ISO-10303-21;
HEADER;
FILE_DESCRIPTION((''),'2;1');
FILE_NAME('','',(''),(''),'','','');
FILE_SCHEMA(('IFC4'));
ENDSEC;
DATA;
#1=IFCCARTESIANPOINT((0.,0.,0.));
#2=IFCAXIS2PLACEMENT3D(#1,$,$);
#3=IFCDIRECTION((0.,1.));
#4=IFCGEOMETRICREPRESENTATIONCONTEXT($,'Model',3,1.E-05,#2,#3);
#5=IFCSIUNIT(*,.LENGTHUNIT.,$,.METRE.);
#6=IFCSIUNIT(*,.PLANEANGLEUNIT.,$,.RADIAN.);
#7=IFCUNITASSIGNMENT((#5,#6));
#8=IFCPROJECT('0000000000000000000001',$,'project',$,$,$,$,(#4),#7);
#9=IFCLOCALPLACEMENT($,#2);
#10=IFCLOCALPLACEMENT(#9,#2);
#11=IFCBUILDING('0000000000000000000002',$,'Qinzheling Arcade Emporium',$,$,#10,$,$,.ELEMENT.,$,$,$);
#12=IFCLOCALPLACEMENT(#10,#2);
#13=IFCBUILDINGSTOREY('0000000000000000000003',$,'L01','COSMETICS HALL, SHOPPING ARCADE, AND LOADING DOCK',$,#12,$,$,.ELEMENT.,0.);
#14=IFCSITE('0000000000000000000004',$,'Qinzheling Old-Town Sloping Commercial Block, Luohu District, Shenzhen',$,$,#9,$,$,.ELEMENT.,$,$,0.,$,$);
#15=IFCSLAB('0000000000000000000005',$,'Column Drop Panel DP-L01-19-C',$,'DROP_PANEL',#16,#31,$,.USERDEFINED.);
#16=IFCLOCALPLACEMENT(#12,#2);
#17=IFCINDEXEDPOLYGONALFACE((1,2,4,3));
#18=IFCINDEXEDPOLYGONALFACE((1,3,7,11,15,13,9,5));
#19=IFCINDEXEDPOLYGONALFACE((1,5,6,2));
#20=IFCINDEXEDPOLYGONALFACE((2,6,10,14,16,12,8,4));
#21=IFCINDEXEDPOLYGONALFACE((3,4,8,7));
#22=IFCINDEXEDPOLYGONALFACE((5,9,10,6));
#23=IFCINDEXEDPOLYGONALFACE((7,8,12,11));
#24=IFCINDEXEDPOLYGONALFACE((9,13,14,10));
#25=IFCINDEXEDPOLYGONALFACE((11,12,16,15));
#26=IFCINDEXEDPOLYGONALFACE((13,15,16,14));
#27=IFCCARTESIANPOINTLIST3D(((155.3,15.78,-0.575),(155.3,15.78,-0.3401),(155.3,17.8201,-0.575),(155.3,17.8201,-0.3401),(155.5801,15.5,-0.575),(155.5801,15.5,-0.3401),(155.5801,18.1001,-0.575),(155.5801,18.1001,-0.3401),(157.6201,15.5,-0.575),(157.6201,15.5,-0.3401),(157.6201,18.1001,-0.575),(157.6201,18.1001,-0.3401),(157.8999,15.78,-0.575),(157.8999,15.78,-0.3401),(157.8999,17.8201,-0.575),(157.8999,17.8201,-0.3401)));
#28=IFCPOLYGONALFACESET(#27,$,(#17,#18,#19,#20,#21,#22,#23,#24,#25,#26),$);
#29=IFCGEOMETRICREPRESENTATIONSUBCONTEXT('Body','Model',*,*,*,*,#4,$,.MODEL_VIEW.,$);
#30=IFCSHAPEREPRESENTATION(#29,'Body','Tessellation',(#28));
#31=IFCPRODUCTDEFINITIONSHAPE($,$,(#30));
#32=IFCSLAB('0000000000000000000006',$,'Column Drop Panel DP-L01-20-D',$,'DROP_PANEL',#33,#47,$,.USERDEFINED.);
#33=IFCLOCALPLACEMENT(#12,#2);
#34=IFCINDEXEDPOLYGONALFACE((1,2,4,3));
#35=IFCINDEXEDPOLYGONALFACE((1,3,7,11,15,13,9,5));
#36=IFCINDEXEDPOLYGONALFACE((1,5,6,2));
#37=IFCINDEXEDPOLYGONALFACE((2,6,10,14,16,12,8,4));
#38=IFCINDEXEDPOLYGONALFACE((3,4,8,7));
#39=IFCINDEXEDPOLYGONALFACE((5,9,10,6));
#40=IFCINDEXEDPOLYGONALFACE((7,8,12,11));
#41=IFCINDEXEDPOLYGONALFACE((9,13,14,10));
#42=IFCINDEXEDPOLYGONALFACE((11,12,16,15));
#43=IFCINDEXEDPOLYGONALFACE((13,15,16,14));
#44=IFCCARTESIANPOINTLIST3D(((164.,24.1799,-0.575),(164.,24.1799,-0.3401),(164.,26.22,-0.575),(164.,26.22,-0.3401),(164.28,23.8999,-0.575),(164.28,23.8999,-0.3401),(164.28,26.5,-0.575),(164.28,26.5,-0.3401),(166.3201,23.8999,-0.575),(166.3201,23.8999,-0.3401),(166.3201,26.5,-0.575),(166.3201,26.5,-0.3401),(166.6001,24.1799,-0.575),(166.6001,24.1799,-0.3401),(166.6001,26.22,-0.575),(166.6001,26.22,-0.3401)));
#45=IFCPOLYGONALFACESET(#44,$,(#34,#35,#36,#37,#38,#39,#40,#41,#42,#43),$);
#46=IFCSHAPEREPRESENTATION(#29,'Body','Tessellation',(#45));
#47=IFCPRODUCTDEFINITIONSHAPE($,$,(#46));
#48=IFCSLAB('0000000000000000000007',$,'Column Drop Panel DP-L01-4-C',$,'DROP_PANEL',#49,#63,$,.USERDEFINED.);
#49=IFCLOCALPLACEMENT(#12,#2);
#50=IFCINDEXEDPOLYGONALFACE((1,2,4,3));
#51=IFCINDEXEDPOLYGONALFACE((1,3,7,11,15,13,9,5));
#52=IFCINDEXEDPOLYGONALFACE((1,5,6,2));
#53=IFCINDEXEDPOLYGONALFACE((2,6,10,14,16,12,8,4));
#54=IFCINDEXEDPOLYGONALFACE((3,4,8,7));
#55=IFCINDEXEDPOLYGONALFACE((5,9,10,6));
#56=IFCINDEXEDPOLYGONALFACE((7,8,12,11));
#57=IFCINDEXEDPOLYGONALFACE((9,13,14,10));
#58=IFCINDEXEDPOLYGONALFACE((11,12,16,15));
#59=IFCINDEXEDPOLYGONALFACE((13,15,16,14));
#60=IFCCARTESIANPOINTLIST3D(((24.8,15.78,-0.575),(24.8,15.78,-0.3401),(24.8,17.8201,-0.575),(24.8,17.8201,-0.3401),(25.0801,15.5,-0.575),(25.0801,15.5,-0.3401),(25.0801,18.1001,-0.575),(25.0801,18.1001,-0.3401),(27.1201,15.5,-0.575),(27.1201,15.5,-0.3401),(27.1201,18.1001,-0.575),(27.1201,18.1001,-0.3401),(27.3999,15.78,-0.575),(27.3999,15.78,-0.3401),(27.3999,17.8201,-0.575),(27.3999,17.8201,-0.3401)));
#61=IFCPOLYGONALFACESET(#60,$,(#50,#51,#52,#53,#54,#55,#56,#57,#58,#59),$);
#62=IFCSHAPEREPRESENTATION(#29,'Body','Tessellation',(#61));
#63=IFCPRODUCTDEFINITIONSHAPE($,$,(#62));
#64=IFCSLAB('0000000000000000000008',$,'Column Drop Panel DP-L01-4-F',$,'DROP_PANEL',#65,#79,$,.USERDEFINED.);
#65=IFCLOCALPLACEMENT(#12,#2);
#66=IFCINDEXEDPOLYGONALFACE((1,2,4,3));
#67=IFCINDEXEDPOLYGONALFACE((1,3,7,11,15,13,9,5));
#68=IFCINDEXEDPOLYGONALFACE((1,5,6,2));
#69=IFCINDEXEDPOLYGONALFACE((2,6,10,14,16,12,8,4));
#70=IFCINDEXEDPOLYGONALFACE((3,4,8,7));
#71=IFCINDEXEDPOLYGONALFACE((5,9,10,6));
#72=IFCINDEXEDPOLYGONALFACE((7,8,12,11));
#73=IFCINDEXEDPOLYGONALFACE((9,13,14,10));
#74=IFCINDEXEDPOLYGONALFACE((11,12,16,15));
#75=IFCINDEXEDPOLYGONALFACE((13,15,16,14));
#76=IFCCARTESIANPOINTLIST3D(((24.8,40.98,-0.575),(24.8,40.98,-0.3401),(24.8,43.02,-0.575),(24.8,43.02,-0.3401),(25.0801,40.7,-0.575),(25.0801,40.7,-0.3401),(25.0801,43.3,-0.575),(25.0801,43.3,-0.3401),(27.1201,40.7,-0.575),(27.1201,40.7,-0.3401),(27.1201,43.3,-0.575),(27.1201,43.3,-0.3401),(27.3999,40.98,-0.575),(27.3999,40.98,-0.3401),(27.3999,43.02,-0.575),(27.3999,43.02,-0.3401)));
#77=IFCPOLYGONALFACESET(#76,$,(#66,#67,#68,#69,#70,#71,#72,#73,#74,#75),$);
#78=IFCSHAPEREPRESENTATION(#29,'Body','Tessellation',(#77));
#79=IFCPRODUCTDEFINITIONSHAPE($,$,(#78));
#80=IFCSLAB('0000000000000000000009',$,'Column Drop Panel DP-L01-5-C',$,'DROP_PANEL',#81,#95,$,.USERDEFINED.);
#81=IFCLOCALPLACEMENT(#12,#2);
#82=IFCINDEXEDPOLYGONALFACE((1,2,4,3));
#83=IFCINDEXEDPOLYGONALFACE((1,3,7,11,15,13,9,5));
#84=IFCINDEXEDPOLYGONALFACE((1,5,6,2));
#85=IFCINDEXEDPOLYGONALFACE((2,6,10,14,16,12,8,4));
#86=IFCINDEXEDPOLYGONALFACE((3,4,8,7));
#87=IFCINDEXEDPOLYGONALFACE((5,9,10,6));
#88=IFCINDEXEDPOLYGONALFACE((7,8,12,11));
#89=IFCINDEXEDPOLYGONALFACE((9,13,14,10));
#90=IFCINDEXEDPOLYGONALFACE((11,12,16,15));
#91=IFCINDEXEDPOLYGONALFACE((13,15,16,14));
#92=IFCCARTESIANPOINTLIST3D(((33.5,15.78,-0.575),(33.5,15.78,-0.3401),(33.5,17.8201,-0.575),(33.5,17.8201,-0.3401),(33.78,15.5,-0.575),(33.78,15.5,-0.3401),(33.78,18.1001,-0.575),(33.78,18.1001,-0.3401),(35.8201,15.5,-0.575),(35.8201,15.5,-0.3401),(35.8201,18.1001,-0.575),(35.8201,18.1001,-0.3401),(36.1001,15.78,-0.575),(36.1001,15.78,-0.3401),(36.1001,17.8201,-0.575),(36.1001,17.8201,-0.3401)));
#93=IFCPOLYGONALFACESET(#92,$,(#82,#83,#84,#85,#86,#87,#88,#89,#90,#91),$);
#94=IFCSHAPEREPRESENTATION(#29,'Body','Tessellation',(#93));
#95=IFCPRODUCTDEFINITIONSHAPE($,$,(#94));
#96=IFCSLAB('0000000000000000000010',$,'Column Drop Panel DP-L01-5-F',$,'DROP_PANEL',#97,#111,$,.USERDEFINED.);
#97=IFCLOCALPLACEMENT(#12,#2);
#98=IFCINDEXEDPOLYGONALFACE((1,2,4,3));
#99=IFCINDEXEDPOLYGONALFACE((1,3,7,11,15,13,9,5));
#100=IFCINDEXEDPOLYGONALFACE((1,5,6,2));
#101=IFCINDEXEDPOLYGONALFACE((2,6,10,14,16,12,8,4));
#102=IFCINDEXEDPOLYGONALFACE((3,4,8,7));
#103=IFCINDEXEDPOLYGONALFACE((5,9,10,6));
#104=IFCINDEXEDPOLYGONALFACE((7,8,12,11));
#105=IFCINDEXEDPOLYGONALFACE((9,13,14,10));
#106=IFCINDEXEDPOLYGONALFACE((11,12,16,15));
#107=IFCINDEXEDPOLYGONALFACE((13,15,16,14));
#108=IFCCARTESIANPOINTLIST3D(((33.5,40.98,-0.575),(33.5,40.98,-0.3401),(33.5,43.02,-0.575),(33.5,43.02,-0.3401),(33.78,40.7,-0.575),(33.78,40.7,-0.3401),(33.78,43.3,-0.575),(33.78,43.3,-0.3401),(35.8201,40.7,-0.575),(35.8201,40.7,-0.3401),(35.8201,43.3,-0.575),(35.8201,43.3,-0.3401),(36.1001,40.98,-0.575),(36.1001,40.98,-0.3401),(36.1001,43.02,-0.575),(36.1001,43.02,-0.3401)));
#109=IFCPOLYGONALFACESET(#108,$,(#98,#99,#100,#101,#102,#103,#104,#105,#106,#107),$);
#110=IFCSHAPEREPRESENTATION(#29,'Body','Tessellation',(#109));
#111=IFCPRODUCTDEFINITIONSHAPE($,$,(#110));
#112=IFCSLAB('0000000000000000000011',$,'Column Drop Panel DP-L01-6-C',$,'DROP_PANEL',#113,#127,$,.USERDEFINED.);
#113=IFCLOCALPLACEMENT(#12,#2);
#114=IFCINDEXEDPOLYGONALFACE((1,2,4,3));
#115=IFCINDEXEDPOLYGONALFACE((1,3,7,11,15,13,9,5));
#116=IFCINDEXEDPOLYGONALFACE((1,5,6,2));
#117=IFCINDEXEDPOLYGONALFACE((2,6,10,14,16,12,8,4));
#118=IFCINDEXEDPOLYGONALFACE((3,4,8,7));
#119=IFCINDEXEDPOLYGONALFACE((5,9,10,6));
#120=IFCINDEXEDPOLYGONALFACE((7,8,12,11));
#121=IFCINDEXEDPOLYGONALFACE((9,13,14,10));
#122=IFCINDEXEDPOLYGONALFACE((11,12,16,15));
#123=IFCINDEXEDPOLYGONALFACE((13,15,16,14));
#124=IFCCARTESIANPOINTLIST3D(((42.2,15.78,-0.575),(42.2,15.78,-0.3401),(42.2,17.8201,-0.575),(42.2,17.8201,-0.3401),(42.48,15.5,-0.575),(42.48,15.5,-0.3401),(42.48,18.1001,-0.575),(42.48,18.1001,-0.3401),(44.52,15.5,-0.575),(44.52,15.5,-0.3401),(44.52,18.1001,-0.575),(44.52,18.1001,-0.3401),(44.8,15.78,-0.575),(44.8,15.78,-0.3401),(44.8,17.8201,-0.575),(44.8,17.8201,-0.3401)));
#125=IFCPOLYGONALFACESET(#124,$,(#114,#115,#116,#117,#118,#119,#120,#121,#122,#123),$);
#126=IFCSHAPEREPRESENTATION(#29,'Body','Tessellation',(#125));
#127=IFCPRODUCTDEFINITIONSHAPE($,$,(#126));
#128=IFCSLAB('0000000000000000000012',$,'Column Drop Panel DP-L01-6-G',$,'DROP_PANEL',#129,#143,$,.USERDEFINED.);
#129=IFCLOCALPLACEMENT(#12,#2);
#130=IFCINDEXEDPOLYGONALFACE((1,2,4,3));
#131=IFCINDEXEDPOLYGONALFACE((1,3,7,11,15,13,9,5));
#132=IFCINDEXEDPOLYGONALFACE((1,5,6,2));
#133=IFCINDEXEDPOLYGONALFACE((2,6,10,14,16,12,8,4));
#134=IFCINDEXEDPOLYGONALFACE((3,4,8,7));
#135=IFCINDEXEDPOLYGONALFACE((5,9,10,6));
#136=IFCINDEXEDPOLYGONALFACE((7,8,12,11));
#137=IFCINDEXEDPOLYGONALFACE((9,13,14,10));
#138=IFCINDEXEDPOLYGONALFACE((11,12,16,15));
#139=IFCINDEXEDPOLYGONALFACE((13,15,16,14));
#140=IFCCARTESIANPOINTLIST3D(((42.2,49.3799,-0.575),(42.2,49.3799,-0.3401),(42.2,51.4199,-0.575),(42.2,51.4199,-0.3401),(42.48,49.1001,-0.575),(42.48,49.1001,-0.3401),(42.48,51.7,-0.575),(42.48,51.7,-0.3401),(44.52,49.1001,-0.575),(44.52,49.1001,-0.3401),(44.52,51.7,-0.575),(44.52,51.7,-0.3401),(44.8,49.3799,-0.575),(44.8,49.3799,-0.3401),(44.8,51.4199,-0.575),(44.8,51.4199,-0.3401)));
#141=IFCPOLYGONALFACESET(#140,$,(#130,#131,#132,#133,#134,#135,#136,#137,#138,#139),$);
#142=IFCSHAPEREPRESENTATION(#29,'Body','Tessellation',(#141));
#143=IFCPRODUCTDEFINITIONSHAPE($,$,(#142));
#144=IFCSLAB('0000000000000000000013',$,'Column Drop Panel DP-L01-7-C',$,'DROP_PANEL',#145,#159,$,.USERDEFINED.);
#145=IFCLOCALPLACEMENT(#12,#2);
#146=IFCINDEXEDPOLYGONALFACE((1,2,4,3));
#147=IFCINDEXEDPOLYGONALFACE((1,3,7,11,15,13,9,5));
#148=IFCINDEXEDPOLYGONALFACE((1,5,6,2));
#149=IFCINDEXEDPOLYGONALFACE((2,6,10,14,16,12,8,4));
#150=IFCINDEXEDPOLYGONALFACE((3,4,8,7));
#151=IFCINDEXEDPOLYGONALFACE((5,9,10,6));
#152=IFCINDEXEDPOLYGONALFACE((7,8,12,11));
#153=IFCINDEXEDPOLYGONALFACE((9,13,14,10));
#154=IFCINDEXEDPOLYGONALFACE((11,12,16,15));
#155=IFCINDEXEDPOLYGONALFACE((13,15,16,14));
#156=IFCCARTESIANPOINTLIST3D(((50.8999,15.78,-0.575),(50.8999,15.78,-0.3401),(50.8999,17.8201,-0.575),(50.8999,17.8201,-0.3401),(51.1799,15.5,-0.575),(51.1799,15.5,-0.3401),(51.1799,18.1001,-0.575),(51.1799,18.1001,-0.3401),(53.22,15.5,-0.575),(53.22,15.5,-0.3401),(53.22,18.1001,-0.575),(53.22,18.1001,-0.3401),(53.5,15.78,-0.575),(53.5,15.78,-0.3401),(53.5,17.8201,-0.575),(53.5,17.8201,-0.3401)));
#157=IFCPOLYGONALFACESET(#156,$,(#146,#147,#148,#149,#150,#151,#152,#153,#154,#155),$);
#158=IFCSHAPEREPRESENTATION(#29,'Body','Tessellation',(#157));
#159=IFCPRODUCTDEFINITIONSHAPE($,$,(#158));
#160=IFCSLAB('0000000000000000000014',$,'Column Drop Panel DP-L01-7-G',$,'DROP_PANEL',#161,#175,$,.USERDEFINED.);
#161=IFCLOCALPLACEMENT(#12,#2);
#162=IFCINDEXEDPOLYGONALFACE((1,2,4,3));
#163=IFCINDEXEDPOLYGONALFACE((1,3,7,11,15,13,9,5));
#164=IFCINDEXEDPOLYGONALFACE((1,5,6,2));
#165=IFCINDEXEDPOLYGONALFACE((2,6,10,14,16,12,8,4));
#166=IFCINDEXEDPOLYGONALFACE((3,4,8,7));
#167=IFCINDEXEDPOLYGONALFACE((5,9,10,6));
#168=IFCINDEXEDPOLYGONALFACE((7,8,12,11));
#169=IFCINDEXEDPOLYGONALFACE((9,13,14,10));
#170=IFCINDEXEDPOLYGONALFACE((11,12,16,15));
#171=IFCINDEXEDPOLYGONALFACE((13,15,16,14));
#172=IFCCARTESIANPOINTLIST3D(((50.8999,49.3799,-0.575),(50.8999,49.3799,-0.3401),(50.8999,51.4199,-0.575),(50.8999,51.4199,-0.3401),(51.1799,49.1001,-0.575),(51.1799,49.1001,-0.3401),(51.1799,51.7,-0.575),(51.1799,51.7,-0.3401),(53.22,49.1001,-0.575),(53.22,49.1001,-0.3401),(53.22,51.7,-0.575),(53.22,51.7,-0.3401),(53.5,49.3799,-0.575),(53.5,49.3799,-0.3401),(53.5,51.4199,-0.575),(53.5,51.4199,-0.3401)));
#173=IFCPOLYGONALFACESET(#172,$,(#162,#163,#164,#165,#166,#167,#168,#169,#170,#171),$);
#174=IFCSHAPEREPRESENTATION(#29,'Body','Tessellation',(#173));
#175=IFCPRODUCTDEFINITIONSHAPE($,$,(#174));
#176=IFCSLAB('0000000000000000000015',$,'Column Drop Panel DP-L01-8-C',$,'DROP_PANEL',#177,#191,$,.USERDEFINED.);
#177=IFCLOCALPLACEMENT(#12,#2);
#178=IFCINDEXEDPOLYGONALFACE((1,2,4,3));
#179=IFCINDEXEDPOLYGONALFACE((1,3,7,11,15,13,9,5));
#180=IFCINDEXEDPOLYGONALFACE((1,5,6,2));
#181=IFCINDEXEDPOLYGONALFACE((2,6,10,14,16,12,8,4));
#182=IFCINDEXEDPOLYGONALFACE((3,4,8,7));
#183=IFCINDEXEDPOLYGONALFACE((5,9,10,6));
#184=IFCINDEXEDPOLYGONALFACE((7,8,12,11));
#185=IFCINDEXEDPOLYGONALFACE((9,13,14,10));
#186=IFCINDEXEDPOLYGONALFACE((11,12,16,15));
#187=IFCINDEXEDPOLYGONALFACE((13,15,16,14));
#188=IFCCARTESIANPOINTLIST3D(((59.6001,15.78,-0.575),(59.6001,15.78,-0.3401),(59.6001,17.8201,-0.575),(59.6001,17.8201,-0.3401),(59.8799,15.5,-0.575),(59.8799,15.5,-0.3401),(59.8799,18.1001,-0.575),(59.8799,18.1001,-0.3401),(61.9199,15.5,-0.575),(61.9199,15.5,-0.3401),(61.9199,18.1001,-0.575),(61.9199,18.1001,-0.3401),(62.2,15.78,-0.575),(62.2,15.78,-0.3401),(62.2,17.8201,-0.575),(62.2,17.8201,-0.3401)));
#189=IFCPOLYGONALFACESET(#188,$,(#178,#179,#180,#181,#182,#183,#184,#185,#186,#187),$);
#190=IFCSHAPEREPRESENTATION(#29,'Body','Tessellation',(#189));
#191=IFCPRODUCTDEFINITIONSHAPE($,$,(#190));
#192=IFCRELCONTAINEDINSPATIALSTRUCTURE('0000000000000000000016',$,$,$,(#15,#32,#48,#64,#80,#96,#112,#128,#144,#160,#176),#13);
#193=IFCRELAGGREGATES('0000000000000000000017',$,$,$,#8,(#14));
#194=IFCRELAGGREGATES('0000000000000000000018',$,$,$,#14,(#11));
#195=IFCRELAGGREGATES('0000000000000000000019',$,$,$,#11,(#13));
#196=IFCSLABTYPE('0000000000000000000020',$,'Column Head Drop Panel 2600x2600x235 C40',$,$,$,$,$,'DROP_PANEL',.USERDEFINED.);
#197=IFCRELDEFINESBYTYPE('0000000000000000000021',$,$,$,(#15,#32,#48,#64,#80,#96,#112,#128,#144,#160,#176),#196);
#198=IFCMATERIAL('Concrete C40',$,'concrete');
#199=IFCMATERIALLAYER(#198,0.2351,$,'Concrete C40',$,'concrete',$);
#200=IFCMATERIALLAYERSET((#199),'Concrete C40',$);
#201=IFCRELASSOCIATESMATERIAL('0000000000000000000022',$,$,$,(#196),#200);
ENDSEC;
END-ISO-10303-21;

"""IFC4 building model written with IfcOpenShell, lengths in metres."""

from ifc_helpers import new_model, si_unit, direction, frame, origin, place, context, subcontext, project, spatial, polyline, outline, extrude, material, layer, layer_set, type_object, element, save


model = new_model("IFC4")

# Units and contexts
model_context = context("Model", 3, precision=1e-05, world=origin(), true_north=direction((0.0, 1.0)))
body_context = subcontext(model_context, "Body", "Model", "MODEL_VIEW")
ifc_project = project(units=[si_unit("LENGTHUNIT", "METRE"), si_unit("PLANEANGLEUNIT", "RADIAN")], contexts=[model_context])

# Site, building, storey
site_placement = place(None, origin())
site = spatial("IfcSite", under=ifc_project, at=site_placement, Name="Qinzheling Old-Town Sloping Commercial Block, Luohu District, Shenzhen", CompositionType="ELEMENT", RefElevation=0.0)
building_placement = place(site_placement, origin())
building = spatial("IfcBuilding", under=site, at=building_placement, Name="Qinzheling Arcade Emporium", CompositionType="ELEMENT")
storey_placement = place(building_placement, origin())
storey = spatial("IfcBuildingStorey", under=building, at=storey_placement, Name="L01", Description="COSMETICS HALL, SHOPPING ARCADE, AND LOADING DOCK", CompositionType="ELEMENT", Elevation=0.0)

# Slabs
ifc_material = material(Name="Concrete C40", Category="concrete")
ifc_layer_1 = layer(ifc_material, 0.2351, Name="Concrete C40", Category="concrete")
ifc_layer_set_1 = layer_set([ifc_layer_1], Name="Concrete C40")
slab_type_1 = type_object("IfcSlabType", Name="Column Head Drop Panel 2600x2600x235 C40", ElementType="DROP_PANEL", PredefinedType="USERDEFINED", material=ifc_layer_set_1)
slab_1_placement = place(storey_placement, frame((0.0, 0.0, -0.575)))
element("IfcSlab", 1, at=slab_1_placement, inside=storey, type_object=slab_type_1, Name="Column Drop Panel DP-L01-19-C", ObjectType="DROP_PANEL", PredefinedType="USERDEFINED", context=body_context, shape_type="SweptSolid", body=[
    extrude(outline(polyline([(155.5801, 15.5), (157.6201, 15.5), (157.8999, 15.78), (157.8999, 17.8201), (157.6201, 18.1001), (155.5801, 18.1001), (155.3, 17.8201), (155.3, 15.78), (155.5801, 15.5)])), origin(), (0.0, 0.0, 1.0), 0.2349),
])
slab_2_placement = place(storey_placement, frame((0.0, 0.0, -0.575)))
element("IfcSlab", 2, at=slab_2_placement, inside=storey, type_object=slab_type_1, Name="Column Drop Panel DP-L01-20-D", ObjectType="DROP_PANEL", PredefinedType="USERDEFINED", context=body_context, shape_type="SweptSolid", body=[
    extrude(outline(polyline([(164.28, 23.8999), (166.3201, 23.8999), (166.6001, 24.1799), (166.6001, 26.22), (166.3201, 26.5), (164.28, 26.5), (164.0, 26.22), (164.0, 24.1799), (164.28, 23.8999)])), origin(), (0.0, 0.0, 1.0), 0.2349),
])
slab_3_placement = place(storey_placement, frame((0.0, 0.0, -0.575)))
element("IfcSlab", 3, at=slab_3_placement, inside=storey, type_object=slab_type_1, Name="Column Drop Panel DP-L01-4-C", ObjectType="DROP_PANEL", PredefinedType="USERDEFINED", context=body_context, shape_type="SweptSolid", body=[
    extrude(outline(polyline([(25.0801, 15.5), (27.1201, 15.5), (27.3999, 15.78), (27.3999, 17.8201), (27.1201, 18.1001), (25.0801, 18.1001), (24.8, 17.8201), (24.8, 15.78), (25.0801, 15.5)])), origin(), (0.0, 0.0, 1.0), 0.2349),
])
slab_4_placement = place(storey_placement, frame((0.0, 0.0, -0.575)))
element("IfcSlab", 4, at=slab_4_placement, inside=storey, type_object=slab_type_1, Name="Column Drop Panel DP-L01-4-F", ObjectType="DROP_PANEL", PredefinedType="USERDEFINED", context=body_context, shape_type="SweptSolid", body=[
    extrude(outline(polyline([(25.0801, 40.7), (27.1201, 40.7), (27.3999, 40.98), (27.3999, 43.02), (27.1201, 43.3), (25.0801, 43.3), (24.8, 43.02), (24.8, 40.98), (25.0801, 40.7)])), origin(), (0.0, 0.0, 1.0), 0.2349),
])
slab_5_placement = place(storey_placement, frame((0.0, 0.0, -0.575)))
element("IfcSlab", 5, at=slab_5_placement, inside=storey, type_object=slab_type_1, Name="Column Drop Panel DP-L01-5-C", ObjectType="DROP_PANEL", PredefinedType="USERDEFINED", context=body_context, shape_type="SweptSolid", body=[
    extrude(outline(polyline([(33.78, 15.5), (35.8201, 15.5), (36.1001, 15.78), (36.1001, 17.8201), (35.8201, 18.1001), (33.78, 18.1001), (33.5, 17.8201), (33.5, 15.78), (33.78, 15.5)])), origin(), (0.0, 0.0, 1.0), 0.2349),
])
slab_6_placement = place(storey_placement, frame((0.0, 0.0, -0.575)))
element("IfcSlab", 6, at=slab_6_placement, inside=storey, type_object=slab_type_1, Name="Column Drop Panel DP-L01-5-F", ObjectType="DROP_PANEL", PredefinedType="USERDEFINED", context=body_context, shape_type="SweptSolid", body=[
    extrude(outline(polyline([(33.78, 40.7), (35.8201, 40.7), (36.1001, 40.98), (36.1001, 43.02), (35.8201, 43.3), (33.78, 43.3), (33.5, 43.02), (33.5, 40.98), (33.78, 40.7)])), origin(), (0.0, 0.0, 1.0), 0.2349),
])
slab_7_placement = place(storey_placement, frame((0.0, 0.0, -0.575)))
element("IfcSlab", 7, at=slab_7_placement, inside=storey, type_object=slab_type_1, Name="Column Drop Panel DP-L01-6-C", ObjectType="DROP_PANEL", PredefinedType="USERDEFINED", context=body_context, shape_type="SweptSolid", body=[
    extrude(outline(polyline([(42.48, 15.5), (44.52, 15.5), (44.8, 15.78), (44.8, 17.8201), (44.52, 18.1001), (42.48, 18.1001), (42.2, 17.8201), (42.2, 15.78), (42.48, 15.5)])), origin(), (0.0, 0.0, 1.0), 0.2349),
])
slab_8_placement = place(storey_placement, frame((0.0, 0.0, -0.575)))
element("IfcSlab", 8, at=slab_8_placement, inside=storey, type_object=slab_type_1, Name="Column Drop Panel DP-L01-6-G", ObjectType="DROP_PANEL", PredefinedType="USERDEFINED", context=body_context, shape_type="SweptSolid", body=[
    extrude(outline(polyline([(42.48, 49.1001), (44.52, 49.1001), (44.8, 49.3799), (44.8, 51.4199), (44.52, 51.7), (42.48, 51.7), (42.2, 51.4199), (42.2, 49.3799), (42.48, 49.1001)])), origin(), (0.0, 0.0, 1.0), 0.2349),
])
slab_9_placement = place(storey_placement, frame((0.0, 0.0, -0.575)))
element("IfcSlab", 9, at=slab_9_placement, inside=storey, type_object=slab_type_1, Name="Column Drop Panel DP-L01-7-C", ObjectType="DROP_PANEL", PredefinedType="USERDEFINED", context=body_context, shape_type="SweptSolid", body=[
    extrude(outline(polyline([(51.1799, 15.5), (53.22, 15.5), (53.5, 15.78), (53.5, 17.8201), (53.22, 18.1001), (51.1799, 18.1001), (50.8999, 17.8201), (50.8999, 15.78), (51.1799, 15.5)])), origin(), (0.0, 0.0, 1.0), 0.2349),
])
slab_10_placement = place(storey_placement, frame((0.0, 0.0, -0.575)))
element("IfcSlab", 10, at=slab_10_placement, inside=storey, type_object=slab_type_1, Name="Column Drop Panel DP-L01-7-G", ObjectType="DROP_PANEL", PredefinedType="USERDEFINED", context=body_context, shape_type="SweptSolid", body=[
    extrude(outline(polyline([(51.1799, 49.1001), (53.22, 49.1001), (53.5, 49.3799), (53.5, 51.4199), (53.22, 51.7), (51.1799, 51.7), (50.8999, 51.4199), (50.8999, 49.3799), (51.1799, 49.1001)])), origin(), (0.0, 0.0, 1.0), 0.2349),
])
slab_11_placement = place(storey_placement, frame((0.0, 0.0, -0.575)))
element("IfcSlab", 11, at=slab_11_placement, inside=storey, type_object=slab_type_1, Name="Column Drop Panel DP-L01-8-C", ObjectType="DROP_PANEL", PredefinedType="USERDEFINED", context=body_context, shape_type="SweptSolid", body=[
    extrude(outline(polyline([(59.8799, 15.5), (61.9199, 15.5), (62.2, 15.78), (62.2, 17.8201), (61.9199, 18.1001), (59.8799, 18.1001), (59.6001, 17.8201), (59.6001, 15.78), (59.8799, 15.5)])), origin(), (0.0, 0.0, 1.0), 0.2349),
])

save(model, "model.ifc")
